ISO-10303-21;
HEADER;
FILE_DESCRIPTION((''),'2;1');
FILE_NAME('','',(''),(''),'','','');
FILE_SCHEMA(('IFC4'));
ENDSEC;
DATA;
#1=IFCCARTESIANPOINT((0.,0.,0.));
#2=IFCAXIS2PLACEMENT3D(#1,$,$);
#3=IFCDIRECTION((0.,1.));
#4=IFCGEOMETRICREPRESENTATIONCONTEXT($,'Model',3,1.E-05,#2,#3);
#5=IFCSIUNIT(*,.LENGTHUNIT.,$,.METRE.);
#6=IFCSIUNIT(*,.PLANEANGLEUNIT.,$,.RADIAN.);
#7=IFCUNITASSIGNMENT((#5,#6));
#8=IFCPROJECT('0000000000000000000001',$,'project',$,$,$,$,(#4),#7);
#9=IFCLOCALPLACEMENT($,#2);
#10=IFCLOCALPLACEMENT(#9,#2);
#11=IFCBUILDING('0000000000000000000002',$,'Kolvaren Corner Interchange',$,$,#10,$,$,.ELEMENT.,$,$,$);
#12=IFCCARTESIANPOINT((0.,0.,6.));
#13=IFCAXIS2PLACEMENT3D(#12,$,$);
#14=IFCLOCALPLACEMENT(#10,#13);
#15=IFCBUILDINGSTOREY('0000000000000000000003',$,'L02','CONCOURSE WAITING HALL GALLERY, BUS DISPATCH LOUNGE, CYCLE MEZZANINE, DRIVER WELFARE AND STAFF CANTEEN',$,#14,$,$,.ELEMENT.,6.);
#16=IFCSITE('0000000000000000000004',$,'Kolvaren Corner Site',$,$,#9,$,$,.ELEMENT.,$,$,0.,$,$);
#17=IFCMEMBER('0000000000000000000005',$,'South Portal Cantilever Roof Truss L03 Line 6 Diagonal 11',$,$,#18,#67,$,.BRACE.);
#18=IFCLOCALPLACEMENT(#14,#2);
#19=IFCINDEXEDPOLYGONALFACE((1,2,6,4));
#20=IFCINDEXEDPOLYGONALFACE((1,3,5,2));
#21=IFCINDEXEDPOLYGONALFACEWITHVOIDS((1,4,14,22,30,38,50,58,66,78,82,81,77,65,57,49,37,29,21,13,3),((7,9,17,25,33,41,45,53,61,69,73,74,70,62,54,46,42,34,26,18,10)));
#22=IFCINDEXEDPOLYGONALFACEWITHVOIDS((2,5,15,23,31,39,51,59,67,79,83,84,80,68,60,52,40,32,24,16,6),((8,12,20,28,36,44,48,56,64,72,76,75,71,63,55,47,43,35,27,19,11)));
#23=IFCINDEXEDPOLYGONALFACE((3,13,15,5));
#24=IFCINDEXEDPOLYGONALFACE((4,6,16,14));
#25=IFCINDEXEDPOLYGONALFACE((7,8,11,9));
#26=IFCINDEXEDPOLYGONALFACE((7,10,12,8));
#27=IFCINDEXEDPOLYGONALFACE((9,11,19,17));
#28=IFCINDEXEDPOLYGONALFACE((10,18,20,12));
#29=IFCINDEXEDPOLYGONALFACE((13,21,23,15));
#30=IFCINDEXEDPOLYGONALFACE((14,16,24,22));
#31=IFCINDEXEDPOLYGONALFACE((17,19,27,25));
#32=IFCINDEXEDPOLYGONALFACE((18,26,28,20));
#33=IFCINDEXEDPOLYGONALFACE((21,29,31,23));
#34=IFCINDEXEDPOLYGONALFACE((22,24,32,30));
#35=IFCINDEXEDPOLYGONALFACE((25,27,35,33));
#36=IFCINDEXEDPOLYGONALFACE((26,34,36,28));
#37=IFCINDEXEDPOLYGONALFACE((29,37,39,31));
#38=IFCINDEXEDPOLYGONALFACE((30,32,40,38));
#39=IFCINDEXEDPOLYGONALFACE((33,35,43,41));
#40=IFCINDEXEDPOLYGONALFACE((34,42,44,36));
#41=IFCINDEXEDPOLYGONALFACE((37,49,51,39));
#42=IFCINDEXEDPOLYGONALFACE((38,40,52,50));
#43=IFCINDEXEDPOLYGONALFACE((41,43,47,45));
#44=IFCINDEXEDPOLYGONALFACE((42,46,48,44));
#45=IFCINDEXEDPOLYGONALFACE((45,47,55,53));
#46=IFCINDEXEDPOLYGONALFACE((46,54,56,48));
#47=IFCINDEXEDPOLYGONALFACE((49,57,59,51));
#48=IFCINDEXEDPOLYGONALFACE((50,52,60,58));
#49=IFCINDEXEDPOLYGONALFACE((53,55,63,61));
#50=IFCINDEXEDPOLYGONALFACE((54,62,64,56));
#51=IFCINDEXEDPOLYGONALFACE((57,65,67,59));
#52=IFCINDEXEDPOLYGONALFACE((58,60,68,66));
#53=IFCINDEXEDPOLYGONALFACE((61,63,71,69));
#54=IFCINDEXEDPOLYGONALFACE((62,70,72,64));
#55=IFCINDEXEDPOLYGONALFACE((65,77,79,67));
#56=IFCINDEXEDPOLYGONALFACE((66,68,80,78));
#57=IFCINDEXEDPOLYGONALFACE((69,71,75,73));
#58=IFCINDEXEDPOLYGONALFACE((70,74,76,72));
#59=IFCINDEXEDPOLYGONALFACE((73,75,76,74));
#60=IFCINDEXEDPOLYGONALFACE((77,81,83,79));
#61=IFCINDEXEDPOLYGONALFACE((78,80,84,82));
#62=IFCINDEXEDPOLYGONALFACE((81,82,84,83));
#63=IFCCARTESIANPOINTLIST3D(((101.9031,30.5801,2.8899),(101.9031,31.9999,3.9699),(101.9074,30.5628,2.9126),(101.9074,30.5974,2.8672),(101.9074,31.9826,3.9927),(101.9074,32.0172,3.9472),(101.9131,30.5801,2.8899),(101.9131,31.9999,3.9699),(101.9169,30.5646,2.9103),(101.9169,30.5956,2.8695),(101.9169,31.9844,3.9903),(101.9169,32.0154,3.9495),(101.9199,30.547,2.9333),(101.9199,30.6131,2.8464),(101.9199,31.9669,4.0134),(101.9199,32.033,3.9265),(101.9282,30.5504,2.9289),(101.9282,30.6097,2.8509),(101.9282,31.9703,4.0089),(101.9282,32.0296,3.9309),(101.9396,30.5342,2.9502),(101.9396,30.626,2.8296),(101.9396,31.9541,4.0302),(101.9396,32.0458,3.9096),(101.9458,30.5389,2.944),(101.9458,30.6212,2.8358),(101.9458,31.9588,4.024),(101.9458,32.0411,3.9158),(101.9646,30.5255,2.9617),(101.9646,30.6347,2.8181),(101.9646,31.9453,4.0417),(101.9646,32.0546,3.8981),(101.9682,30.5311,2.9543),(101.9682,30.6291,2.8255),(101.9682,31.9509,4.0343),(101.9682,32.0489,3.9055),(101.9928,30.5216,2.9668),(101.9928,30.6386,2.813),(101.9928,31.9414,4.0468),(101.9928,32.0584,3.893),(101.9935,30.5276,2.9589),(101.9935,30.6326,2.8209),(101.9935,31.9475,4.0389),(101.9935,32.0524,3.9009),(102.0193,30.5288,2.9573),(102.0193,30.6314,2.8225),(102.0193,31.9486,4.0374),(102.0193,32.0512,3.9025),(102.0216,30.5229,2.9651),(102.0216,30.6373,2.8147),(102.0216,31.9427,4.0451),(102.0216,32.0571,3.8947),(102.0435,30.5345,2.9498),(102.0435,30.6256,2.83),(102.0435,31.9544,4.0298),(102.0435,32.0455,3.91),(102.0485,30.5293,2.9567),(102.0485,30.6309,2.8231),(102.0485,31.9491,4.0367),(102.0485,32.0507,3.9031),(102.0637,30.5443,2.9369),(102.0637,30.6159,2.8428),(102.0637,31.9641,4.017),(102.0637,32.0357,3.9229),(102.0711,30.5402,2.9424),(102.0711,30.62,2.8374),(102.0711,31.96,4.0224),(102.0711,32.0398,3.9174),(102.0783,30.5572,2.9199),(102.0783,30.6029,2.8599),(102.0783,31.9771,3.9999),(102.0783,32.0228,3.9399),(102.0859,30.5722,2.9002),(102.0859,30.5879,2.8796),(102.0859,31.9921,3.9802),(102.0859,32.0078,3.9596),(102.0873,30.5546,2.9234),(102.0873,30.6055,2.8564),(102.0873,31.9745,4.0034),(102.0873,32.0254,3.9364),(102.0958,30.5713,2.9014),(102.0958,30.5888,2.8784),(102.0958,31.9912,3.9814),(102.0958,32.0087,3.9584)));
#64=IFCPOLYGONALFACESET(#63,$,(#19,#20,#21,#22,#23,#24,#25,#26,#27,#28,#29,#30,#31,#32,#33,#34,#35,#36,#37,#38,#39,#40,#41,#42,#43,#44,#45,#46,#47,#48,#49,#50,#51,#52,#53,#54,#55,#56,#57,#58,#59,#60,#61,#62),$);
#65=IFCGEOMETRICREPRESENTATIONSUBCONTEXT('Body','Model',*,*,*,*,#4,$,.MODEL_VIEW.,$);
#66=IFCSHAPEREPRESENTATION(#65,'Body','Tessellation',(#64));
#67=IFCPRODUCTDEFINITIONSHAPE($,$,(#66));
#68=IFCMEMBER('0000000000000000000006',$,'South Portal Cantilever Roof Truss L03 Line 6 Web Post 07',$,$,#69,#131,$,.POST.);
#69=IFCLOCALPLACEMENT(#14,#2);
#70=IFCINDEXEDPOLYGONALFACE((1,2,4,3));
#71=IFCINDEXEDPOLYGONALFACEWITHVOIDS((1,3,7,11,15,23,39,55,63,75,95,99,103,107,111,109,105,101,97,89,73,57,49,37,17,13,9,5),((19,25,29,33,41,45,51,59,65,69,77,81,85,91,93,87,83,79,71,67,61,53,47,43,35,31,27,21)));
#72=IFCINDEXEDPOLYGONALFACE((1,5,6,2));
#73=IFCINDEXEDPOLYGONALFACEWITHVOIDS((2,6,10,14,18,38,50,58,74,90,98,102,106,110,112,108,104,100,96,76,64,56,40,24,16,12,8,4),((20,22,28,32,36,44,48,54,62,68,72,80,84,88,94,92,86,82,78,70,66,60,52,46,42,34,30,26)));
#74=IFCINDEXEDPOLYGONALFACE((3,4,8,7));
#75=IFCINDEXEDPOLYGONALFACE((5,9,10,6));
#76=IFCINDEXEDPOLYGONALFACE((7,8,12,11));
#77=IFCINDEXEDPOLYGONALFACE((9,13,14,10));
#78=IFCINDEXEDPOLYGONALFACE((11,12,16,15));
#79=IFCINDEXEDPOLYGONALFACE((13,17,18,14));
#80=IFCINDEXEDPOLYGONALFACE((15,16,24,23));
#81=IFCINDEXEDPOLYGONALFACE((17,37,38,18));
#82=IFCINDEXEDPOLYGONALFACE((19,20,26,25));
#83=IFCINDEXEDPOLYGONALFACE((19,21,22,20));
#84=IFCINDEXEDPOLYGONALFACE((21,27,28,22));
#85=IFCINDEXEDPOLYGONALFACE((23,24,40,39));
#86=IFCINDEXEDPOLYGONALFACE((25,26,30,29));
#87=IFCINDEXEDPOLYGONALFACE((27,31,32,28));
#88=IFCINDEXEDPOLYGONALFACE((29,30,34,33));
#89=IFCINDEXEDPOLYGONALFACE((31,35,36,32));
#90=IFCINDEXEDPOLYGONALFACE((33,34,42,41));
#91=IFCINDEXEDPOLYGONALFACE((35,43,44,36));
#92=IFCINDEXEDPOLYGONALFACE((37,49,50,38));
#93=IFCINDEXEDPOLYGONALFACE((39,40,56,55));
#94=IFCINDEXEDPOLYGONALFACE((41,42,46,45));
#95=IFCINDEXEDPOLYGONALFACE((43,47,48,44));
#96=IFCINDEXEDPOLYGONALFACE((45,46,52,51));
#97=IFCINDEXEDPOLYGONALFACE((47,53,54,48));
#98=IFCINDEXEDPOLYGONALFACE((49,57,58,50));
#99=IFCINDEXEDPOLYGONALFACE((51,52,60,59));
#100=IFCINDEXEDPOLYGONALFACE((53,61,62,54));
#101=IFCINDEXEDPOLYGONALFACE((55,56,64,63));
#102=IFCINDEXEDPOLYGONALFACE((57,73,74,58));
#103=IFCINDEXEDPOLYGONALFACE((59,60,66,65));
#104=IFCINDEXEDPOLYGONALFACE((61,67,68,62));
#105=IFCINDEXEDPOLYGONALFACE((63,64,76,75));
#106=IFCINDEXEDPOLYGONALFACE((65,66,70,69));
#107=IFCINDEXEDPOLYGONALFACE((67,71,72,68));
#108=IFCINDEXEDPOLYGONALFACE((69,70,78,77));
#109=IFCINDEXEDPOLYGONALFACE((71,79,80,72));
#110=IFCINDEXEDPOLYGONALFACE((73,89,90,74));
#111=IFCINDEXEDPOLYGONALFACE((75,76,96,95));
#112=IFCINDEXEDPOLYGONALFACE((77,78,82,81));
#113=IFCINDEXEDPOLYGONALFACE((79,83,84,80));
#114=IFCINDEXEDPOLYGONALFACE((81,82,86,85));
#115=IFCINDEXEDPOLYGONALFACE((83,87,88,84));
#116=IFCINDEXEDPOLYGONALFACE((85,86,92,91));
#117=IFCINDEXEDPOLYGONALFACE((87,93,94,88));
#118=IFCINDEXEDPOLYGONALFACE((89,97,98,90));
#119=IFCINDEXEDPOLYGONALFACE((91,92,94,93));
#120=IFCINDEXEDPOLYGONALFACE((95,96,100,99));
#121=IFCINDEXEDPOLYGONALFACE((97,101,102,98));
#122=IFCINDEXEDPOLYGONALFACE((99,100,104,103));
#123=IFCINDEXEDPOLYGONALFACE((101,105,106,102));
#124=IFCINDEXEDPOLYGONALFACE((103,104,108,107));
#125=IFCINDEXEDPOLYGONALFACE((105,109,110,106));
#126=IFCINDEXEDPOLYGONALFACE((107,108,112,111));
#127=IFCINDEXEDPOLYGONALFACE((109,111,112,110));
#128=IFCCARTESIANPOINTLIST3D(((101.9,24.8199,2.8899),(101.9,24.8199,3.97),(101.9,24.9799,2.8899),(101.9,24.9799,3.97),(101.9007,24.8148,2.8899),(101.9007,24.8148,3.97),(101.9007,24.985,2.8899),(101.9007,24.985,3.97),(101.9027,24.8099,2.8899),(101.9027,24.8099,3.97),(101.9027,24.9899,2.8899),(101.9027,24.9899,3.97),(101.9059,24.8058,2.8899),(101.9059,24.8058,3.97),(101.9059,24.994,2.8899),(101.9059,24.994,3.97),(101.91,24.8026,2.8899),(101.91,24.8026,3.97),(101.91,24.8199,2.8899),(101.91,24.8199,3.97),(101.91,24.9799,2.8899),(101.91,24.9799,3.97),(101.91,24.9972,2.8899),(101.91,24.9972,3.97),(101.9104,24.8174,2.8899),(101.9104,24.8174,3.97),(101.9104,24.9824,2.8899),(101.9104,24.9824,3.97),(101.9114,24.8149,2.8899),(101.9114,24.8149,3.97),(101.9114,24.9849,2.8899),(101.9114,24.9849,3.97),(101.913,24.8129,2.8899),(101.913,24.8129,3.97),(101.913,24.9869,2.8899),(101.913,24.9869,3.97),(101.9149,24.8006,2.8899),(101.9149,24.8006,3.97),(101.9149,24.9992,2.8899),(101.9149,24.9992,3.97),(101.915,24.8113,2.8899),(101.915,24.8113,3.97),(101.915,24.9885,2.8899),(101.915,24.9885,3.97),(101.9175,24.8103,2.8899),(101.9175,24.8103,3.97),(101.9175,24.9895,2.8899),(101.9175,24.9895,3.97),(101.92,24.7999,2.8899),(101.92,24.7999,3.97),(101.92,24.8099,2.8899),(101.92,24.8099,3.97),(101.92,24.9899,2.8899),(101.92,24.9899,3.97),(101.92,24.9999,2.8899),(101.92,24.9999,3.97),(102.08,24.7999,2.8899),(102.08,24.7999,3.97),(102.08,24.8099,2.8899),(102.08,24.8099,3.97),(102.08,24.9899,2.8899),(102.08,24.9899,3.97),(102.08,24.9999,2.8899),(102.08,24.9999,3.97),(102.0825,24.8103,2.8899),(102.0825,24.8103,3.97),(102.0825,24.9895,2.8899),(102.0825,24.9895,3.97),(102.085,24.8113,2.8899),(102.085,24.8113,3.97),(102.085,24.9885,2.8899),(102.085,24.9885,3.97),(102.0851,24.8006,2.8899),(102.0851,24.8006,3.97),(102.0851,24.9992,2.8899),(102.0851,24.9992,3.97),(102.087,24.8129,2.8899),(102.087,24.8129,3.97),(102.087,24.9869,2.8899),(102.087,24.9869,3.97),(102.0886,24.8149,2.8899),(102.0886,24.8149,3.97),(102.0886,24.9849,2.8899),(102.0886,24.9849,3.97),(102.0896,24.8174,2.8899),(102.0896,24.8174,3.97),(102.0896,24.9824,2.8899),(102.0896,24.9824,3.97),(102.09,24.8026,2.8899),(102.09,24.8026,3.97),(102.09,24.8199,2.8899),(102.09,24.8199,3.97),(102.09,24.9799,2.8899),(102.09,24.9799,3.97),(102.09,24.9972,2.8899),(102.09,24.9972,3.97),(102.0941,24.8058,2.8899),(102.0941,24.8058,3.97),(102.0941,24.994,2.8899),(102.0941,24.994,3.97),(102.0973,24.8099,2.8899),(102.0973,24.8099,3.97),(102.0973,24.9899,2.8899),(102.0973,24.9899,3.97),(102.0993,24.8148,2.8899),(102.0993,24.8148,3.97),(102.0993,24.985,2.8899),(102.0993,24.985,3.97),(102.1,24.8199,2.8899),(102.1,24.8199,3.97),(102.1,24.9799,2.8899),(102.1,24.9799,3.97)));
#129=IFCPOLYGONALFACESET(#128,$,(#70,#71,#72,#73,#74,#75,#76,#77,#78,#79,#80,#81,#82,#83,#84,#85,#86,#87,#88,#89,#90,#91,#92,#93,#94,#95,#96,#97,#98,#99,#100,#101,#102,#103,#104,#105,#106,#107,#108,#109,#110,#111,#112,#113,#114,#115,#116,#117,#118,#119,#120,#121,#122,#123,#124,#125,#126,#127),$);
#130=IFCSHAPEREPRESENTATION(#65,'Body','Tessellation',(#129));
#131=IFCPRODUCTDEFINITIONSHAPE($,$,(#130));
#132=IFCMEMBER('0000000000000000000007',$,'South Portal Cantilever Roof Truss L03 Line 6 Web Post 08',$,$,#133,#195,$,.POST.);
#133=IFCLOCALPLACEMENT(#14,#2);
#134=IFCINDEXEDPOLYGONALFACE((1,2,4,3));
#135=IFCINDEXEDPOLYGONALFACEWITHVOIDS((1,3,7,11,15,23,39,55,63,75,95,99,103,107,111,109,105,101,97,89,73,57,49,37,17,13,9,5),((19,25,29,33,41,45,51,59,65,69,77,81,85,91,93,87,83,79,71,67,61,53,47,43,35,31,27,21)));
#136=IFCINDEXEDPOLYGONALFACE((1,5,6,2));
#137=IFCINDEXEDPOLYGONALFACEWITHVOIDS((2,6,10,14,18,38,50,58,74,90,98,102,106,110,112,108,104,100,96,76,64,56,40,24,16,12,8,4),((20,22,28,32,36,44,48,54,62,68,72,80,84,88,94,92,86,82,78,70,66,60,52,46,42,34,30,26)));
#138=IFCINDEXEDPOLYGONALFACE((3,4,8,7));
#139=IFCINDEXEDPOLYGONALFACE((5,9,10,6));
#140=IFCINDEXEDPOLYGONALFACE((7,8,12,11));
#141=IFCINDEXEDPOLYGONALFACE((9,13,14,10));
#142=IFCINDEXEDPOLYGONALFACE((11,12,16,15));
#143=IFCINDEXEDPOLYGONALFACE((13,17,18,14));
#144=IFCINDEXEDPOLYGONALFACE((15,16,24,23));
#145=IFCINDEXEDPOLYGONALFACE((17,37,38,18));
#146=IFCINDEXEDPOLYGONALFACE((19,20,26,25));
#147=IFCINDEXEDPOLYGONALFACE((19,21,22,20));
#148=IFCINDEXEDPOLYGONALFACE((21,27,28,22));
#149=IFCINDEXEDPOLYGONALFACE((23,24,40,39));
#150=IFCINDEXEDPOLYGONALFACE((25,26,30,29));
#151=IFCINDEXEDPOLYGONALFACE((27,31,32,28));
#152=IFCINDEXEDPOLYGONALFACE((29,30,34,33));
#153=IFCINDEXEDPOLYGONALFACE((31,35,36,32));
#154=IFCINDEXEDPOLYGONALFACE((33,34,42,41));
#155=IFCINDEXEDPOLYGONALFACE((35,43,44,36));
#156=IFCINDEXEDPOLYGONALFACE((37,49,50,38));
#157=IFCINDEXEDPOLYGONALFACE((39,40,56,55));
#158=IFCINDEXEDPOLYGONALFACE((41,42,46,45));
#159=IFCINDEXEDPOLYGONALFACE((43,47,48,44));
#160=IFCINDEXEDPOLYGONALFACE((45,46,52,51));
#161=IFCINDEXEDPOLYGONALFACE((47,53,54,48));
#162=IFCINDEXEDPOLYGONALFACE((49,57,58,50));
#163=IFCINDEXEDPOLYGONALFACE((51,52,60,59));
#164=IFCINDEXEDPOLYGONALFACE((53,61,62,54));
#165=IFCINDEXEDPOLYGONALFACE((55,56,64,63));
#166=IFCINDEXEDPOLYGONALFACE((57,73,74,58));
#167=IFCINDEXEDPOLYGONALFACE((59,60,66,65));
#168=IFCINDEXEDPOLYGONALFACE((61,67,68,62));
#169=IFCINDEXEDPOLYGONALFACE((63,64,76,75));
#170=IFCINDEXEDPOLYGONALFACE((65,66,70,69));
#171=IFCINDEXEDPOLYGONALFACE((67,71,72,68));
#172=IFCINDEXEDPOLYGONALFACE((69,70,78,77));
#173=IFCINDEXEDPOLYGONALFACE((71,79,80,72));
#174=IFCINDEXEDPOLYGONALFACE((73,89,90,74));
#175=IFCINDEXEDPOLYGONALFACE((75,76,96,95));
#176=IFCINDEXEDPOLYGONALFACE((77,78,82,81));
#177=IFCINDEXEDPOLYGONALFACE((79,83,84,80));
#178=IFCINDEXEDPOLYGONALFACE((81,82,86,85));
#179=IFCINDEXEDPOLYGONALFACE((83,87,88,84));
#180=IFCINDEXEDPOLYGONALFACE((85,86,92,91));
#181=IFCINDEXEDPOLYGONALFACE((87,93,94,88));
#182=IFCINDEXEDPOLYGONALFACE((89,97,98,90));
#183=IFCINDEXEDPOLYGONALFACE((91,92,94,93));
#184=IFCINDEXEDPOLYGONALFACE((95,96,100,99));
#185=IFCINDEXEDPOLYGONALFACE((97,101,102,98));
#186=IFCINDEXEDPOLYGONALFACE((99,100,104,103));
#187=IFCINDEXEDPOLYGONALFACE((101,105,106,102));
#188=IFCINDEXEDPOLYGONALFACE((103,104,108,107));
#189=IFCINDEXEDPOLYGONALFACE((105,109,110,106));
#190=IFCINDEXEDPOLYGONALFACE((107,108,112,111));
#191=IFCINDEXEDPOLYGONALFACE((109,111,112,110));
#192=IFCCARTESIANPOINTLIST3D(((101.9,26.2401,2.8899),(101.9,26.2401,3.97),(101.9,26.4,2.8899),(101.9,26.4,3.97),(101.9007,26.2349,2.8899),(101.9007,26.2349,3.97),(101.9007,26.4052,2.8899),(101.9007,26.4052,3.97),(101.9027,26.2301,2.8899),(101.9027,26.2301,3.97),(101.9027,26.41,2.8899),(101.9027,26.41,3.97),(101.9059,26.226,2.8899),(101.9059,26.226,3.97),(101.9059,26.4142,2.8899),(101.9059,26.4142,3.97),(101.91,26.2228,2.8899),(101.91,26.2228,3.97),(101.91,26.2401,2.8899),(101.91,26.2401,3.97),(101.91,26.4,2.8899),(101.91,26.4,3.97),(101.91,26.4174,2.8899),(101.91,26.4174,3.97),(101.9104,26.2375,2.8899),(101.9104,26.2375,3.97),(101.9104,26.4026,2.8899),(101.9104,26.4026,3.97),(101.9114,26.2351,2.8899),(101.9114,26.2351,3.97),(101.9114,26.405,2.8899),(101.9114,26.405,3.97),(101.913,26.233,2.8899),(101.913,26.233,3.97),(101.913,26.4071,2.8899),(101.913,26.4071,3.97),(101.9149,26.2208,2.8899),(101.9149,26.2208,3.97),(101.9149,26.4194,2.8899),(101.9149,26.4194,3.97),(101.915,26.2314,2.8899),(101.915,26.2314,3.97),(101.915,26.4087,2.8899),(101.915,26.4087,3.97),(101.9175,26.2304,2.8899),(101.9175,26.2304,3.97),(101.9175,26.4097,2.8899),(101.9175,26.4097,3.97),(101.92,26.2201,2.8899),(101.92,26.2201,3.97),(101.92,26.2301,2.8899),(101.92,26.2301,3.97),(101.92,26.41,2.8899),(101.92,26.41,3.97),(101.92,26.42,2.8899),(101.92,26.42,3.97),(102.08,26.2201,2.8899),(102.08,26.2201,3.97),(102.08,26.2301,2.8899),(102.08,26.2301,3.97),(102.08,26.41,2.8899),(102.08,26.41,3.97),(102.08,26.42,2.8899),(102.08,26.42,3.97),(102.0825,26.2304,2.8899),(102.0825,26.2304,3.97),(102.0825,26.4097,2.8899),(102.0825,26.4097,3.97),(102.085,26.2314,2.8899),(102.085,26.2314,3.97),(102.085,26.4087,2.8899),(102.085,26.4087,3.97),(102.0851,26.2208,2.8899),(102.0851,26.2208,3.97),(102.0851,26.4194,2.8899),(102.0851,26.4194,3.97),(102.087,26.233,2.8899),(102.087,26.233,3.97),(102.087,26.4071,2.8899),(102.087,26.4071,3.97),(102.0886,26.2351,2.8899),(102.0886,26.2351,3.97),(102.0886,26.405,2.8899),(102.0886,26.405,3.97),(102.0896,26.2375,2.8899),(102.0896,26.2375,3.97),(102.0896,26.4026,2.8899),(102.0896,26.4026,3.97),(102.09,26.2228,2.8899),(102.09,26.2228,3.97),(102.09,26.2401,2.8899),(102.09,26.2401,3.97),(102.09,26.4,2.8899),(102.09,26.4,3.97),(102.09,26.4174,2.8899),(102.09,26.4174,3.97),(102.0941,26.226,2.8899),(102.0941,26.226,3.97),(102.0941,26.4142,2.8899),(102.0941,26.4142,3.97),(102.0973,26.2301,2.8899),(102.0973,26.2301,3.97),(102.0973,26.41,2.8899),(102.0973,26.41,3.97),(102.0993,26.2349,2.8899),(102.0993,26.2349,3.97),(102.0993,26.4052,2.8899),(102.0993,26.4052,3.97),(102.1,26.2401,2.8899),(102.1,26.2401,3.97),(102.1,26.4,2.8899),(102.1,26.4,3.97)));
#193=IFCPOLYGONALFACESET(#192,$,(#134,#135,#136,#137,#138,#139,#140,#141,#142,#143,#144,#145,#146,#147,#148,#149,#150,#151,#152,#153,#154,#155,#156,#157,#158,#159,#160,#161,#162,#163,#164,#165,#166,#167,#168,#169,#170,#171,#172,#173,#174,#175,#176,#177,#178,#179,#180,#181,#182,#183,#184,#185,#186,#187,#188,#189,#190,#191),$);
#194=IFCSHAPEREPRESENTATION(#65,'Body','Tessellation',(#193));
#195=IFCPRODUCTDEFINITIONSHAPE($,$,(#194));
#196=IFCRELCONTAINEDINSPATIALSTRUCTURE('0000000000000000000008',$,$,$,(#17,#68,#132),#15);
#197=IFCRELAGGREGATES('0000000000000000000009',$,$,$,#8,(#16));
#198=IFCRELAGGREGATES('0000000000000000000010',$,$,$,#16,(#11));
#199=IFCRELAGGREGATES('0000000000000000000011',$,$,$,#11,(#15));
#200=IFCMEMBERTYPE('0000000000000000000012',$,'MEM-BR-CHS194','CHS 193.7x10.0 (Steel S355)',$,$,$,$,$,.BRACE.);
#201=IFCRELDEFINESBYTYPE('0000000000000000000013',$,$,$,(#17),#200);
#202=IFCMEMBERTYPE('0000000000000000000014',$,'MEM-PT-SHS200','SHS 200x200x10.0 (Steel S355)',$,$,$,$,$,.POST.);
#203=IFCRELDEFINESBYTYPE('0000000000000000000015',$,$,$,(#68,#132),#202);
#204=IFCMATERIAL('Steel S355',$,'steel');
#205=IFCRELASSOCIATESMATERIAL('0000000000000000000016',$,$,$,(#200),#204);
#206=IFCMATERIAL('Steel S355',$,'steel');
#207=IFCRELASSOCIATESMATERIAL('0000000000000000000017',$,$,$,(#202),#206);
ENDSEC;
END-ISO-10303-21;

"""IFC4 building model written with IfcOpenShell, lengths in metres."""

from ifc_helpers import new_model, si_unit, direction, frame, origin, origin_2d, place, context, subcontext, project, spatial, hollow_rectangle, hollow_circle, extrude, material, material_profile, profile_set, type_object, element, save


model = new_model("IFC4")

# Units and contexts
model_context = context("Model", 3, precision=1e-05, world=origin(), true_north=direction((0.0, 1.0)))
body_context = subcontext(model_context, "Body", "Model", "MODEL_VIEW")
ifc_project = project(units=[si_unit("LENGTHUNIT", "METRE"), si_unit("PLANEANGLEUNIT", "RADIAN")], contexts=[model_context])

# Site, building, storey
site_placement = place(None, origin())
site = spatial("IfcSite", under=ifc_project, at=site_placement, Name="Kolvaren Corner Site", CompositionType="ELEMENT", RefElevation=0.0)
building_placement = place(site_placement, origin())
building = spatial("IfcBuilding", under=site, at=building_placement, Name="Kolvaren Corner Interchange", CompositionType="ELEMENT")
storey_placement = place(building_placement, frame((0.0, 0.0, 6.0)))
storey = spatial("IfcBuildingStorey", under=building, at=storey_placement, Name="L02", Description="CONCOURSE WAITING HALL GALLERY, BUS DISPATCH LOUNGE, CYCLE MEZZANINE, DRIVER WELFARE AND STAFF CANTEEN", CompositionType="ELEMENT", Elevation=6.0)

# Members
ifc_material_1 = material(Name="Steel S355", Category="steel")
ifc_material_profile_1 = material_profile(ifc_material_1, hollow_circle(Radius=0.0969, WallThickness=0.01, at=origin_2d()), Name="CHS 193.7x10.0")
ifc_profile_set_1 = profile_set([ifc_material_profile_1], Name="Steel S355")
member_type_1 = type_object("IfcMemberType", Name="MEM-BR-CHS194", Description="CHS 193.7x10.0 (Steel S355)", PredefinedType="BRACE", material=ifc_profile_set_1)
member_1_placement = place(storey_placement, frame((102.0, 30.5801, 2.8899), z_axis=(0.0, 0.795909, 0.605416), x_axis=(-1.0, 0.0, 0.0)))
element("IfcMember", 1, at=member_1_placement, inside=storey, type_object=member_type_1, Name="South Portal Cantilever Roof Truss L03 Line 6 Diagonal 11", PredefinedType="BRACE", context=body_context, shape_type="SweptSolid", body=[
    extrude(hollow_circle(Radius=0.0969, WallThickness=0.01, at=origin_2d()), origin(), (0.0, 0.0, 1.0), 1.7839),
])
ifc_material_2 = material(Name="Steel S355", Category="steel")
ifc_material_profile_2 = material_profile(ifc_material_2, hollow_rectangle(XDim=0.2, YDim=0.2, WallThickness=0.01, InnerFilletRadius=0.01, OuterFilletRadius=0.02, at=origin_2d()), Name="SHS 200x200x10.0")
ifc_profile_set_2 = profile_set([ifc_material_profile_2], Name="Steel S355")
member_type_2 = type_object("IfcMemberType", Name="MEM-PT-SHS200", Description="SHS 200x200x10.0 (Steel S355)", PredefinedType="POST", material=ifc_profile_set_2)
for number, where, z_axis, x_axis, name in (
    (2, (102.0, 24.8999, 2.8899), (0.0, 0.0, 1.0), (1.0, 0.0, 0.0), "South Portal Cantilever Roof Truss L03 Line 6 Web Post 07"),
    (3, (102.0, 26.3201, 2.8899), (0.0, 0.0, 1.0), (1.0, 0.0, 0.0), "South Portal Cantilever Roof Truss L03 Line 6 Web Post 08"),
):
    element("IfcMember", number, at=place(storey_placement, frame(where, z_axis=z_axis, x_axis=x_axis)), inside=storey, type_object=member_type_2, Name=name, PredefinedType="POST", context=body_context, shape_type="SweptSolid", body=[
        extrude(hollow_rectangle(XDim=0.2, YDim=0.2, WallThickness=0.01, InnerFilletRadius=0.01, OuterFilletRadius=0.02, at=origin_2d()), origin(), (0.0, 0.0, 1.0), 1.0801),
    ])

save(model, "model.ifc")
